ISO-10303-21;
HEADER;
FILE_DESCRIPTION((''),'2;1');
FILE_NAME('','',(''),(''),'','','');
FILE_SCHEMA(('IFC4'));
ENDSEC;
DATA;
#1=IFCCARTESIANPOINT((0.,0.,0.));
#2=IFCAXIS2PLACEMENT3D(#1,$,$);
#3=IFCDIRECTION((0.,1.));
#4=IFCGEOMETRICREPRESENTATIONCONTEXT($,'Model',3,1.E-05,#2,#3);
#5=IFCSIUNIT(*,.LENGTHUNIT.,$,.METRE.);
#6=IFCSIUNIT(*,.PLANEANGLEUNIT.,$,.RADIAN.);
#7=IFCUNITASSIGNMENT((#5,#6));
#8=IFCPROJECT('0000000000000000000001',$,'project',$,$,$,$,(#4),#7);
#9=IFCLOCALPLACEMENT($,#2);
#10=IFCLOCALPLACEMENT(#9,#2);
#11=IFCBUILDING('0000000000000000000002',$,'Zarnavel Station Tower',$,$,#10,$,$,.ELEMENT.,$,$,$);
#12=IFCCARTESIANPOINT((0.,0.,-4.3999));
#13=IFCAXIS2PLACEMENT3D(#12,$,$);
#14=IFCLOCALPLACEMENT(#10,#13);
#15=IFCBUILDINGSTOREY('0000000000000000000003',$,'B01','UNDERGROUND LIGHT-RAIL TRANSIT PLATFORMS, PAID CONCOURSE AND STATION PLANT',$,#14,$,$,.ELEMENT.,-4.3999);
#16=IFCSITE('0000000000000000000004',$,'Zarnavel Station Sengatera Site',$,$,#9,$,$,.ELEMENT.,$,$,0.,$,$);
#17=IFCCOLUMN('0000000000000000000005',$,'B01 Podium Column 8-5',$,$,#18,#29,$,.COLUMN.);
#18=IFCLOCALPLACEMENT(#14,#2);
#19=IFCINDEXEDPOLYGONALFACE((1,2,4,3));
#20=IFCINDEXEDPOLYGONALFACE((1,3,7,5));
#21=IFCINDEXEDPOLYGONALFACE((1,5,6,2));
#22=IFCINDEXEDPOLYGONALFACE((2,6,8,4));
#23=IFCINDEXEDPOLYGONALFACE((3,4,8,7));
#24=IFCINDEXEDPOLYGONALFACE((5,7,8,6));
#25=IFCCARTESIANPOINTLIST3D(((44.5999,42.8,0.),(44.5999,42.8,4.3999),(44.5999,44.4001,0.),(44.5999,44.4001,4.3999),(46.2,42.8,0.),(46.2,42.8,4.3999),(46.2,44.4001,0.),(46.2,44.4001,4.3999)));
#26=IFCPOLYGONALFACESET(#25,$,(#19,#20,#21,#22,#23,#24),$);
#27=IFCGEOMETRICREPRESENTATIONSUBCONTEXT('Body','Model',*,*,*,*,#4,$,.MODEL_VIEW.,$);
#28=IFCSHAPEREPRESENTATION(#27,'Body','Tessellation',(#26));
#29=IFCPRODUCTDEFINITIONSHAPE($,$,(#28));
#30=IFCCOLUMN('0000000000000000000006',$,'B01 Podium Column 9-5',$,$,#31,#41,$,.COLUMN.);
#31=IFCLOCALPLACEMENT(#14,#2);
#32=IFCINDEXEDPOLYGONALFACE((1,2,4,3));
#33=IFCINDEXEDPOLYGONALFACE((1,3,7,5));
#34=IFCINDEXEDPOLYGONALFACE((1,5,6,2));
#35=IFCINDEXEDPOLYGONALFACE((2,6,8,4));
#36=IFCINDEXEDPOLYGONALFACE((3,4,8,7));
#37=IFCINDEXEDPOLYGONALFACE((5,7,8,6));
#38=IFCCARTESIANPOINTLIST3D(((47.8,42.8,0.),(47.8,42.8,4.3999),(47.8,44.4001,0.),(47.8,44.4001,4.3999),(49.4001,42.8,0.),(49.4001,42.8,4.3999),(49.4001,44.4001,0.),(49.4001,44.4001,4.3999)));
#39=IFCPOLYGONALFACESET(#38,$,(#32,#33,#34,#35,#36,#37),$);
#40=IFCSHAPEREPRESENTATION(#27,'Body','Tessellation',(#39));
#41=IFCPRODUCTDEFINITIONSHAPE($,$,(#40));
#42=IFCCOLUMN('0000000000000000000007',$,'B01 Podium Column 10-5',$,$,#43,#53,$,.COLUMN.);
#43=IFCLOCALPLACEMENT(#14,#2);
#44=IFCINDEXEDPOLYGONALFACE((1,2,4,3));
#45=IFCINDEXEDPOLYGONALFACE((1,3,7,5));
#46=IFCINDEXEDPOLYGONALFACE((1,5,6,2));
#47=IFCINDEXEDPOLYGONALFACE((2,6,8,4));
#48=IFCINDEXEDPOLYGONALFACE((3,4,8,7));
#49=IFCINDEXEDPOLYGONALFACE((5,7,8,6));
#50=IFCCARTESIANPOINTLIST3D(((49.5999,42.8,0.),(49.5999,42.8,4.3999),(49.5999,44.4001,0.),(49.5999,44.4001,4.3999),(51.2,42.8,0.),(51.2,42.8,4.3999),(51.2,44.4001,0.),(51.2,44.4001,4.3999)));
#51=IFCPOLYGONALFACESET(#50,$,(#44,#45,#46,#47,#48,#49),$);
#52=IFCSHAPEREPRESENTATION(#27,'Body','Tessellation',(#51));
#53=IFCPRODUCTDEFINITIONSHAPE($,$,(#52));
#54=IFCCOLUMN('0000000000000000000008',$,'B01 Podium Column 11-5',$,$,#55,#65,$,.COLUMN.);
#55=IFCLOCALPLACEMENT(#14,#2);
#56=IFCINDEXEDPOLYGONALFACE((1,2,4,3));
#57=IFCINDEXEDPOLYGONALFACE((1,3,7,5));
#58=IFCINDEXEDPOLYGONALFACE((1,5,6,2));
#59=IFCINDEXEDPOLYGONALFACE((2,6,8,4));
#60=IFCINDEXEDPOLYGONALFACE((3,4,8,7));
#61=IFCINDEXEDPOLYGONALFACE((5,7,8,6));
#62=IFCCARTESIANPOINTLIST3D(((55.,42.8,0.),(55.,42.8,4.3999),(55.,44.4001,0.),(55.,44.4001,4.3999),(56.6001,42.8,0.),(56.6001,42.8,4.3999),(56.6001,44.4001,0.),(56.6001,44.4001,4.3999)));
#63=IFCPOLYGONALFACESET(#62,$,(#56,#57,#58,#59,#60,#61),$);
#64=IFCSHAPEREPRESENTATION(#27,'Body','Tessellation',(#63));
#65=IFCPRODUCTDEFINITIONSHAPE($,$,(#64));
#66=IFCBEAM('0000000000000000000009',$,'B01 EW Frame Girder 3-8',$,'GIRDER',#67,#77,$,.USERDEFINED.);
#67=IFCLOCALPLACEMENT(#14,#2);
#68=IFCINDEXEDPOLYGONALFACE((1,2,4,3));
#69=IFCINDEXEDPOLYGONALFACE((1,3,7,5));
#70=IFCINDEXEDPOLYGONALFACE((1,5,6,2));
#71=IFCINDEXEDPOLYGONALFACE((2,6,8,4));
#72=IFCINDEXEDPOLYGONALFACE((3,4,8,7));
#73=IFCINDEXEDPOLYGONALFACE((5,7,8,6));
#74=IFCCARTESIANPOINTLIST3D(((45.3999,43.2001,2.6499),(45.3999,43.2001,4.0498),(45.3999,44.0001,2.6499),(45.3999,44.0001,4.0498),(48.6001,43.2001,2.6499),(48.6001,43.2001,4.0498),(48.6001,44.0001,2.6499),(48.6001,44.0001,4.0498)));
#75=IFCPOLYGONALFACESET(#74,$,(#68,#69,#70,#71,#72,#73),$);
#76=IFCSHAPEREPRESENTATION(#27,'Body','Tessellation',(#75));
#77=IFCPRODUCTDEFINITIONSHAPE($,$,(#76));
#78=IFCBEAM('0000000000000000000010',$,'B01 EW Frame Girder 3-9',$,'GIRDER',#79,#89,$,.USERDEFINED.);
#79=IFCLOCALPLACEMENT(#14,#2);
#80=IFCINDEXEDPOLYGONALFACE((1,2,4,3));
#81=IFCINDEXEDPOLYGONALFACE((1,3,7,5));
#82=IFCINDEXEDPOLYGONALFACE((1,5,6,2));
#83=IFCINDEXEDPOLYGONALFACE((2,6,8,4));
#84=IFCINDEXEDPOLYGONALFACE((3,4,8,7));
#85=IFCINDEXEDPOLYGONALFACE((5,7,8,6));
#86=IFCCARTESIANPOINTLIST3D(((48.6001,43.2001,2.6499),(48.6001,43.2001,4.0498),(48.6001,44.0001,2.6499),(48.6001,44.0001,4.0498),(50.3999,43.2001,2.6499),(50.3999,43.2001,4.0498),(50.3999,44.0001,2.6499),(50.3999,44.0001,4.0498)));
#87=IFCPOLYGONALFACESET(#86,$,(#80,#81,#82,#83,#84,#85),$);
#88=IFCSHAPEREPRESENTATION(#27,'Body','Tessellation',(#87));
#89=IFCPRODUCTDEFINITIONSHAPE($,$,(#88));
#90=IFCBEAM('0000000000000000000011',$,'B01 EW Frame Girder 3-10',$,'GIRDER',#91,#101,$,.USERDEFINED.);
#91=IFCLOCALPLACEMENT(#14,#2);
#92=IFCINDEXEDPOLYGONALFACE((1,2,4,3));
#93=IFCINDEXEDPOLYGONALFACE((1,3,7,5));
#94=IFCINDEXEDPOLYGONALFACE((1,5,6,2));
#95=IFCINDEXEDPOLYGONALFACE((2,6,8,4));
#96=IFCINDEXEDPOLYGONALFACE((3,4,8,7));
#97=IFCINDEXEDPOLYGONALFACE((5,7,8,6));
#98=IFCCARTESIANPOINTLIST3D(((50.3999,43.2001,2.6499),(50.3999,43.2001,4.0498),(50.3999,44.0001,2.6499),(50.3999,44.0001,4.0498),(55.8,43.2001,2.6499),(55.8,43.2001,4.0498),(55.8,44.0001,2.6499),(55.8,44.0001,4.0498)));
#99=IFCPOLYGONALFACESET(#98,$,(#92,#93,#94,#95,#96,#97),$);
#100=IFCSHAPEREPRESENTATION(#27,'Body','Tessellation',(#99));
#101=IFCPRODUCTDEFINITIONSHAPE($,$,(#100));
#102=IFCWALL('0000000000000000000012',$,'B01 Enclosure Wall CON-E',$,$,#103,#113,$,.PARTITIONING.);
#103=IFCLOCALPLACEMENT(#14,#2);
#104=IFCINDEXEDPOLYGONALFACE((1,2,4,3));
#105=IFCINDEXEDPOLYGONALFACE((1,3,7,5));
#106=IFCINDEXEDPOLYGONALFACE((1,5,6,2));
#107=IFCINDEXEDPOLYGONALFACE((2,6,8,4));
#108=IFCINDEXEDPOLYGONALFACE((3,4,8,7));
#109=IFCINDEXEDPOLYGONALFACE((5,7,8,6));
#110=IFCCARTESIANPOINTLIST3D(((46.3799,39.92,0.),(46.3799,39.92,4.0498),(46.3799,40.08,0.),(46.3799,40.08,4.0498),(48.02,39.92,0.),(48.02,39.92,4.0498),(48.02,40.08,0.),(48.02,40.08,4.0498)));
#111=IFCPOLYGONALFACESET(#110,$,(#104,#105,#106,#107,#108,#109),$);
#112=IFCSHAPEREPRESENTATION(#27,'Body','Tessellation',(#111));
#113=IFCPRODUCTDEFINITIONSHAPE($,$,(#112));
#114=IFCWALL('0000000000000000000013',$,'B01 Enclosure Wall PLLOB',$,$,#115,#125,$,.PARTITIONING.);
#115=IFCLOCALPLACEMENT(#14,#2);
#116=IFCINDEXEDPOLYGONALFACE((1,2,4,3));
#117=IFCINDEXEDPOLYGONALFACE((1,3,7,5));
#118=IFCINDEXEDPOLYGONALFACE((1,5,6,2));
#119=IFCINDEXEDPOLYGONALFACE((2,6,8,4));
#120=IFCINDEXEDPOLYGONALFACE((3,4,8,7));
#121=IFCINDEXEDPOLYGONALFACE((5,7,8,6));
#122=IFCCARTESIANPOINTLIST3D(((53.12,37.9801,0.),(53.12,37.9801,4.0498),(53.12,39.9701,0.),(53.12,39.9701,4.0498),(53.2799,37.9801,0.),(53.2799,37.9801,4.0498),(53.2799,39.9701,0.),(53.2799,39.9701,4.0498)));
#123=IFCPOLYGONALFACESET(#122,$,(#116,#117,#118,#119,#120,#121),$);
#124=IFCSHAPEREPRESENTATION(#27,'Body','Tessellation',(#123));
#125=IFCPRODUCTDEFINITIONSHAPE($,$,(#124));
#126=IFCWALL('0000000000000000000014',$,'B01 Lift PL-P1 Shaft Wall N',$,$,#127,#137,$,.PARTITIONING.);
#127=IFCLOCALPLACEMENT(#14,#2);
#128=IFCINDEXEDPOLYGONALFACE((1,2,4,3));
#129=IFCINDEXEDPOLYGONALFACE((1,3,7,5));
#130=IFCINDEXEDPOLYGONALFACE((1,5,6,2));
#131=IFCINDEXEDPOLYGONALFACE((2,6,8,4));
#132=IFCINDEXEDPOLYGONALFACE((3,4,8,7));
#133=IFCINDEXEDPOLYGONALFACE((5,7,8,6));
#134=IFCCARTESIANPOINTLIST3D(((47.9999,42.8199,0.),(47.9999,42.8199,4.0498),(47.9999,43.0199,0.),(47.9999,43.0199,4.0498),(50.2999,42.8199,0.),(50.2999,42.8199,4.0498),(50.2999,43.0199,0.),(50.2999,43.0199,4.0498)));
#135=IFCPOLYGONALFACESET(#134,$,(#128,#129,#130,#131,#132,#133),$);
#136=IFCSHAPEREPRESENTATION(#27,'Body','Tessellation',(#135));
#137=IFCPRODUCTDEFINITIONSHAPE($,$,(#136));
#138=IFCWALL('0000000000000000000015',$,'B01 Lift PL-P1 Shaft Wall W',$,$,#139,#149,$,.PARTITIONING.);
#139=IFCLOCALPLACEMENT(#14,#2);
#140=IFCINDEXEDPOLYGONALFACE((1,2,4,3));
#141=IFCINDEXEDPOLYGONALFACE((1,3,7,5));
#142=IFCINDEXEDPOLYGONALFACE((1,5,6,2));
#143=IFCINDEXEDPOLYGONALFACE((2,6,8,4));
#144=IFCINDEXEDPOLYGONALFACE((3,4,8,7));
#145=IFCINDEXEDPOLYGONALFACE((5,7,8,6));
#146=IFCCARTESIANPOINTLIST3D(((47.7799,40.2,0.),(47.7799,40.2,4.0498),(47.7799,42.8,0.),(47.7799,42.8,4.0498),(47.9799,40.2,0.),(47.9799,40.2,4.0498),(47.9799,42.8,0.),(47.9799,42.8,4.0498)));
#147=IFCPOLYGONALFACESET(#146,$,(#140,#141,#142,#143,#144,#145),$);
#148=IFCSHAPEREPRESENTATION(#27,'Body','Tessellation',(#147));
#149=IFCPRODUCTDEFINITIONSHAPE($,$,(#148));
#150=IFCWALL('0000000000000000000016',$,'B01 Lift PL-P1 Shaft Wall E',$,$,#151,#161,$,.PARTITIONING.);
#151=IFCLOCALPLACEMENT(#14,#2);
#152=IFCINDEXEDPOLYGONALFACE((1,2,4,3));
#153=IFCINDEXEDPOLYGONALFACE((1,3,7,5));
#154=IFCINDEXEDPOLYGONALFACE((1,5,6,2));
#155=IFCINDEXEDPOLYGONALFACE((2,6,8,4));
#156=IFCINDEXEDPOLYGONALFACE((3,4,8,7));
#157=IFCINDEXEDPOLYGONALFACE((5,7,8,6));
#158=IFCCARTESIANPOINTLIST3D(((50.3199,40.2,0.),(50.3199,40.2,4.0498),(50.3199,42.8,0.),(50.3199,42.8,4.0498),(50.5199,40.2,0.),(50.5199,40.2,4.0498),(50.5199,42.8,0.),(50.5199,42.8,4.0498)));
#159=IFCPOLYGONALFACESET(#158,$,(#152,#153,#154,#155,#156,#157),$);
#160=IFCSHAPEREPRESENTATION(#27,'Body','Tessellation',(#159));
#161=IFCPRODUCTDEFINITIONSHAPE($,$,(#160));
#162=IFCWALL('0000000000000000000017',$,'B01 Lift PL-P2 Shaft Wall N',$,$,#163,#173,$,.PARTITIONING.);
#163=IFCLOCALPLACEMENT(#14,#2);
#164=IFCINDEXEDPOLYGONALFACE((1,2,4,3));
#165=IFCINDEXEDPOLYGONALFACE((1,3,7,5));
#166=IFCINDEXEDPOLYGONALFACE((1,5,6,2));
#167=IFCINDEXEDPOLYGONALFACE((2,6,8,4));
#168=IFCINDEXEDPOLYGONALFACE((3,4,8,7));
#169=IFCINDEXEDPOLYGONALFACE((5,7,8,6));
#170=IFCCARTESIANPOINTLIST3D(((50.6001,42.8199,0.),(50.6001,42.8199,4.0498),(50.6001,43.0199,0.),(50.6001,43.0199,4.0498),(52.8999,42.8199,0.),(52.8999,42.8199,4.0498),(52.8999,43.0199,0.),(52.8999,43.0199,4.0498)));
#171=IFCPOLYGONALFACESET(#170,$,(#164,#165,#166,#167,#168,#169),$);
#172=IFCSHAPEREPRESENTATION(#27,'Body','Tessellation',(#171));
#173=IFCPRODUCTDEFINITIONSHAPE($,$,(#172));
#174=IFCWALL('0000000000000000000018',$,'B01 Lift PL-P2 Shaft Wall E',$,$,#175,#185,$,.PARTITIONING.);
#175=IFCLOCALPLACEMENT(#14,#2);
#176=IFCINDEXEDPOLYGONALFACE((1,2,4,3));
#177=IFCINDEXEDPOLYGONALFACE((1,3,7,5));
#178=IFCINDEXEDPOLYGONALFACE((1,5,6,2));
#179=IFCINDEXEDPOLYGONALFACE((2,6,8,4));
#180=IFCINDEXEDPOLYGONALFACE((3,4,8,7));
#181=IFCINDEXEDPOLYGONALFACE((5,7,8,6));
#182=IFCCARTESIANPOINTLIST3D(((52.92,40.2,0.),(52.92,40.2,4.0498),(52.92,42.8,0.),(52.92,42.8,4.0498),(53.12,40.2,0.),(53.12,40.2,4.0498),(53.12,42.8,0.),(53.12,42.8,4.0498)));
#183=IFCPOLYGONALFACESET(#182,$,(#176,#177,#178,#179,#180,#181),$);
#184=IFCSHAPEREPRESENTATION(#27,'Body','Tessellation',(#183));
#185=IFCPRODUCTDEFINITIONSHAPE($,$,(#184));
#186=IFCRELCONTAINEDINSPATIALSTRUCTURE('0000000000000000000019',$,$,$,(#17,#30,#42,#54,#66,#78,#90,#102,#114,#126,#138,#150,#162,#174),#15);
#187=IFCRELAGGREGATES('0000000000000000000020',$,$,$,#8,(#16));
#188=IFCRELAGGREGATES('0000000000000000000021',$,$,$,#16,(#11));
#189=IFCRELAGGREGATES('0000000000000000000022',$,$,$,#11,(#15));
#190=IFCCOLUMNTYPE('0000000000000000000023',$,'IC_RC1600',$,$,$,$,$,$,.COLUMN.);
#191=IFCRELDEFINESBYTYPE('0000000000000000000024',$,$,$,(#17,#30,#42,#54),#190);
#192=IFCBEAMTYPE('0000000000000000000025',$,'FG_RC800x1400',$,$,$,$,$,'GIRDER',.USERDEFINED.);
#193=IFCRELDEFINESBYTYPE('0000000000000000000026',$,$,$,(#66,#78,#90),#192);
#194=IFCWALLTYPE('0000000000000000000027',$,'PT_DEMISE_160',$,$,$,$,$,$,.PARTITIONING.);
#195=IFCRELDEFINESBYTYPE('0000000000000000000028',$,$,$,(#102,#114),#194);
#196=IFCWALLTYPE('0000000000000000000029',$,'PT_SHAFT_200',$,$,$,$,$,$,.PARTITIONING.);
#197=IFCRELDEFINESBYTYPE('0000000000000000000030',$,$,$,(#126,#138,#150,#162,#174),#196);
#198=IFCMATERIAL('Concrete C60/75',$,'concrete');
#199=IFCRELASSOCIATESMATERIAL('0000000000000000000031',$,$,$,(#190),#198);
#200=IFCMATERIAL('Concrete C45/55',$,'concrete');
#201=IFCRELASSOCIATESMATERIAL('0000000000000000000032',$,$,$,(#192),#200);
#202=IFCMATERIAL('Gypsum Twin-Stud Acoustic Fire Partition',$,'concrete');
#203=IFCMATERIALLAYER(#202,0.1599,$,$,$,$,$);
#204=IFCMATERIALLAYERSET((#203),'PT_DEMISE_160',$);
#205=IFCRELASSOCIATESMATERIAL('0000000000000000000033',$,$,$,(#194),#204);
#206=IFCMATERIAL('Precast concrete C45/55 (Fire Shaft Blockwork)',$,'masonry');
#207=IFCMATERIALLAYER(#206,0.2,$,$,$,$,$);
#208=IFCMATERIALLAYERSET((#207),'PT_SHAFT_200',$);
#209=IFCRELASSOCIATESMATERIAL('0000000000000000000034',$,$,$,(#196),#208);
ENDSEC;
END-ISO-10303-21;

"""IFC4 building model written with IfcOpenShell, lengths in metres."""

from ifc_helpers import new_model, si_unit, direction, frame, frame_2d, origin, origin_2d, place, context, subcontext, project, spatial, rectangle, extrude, material, layer, layer_set, material_profile, profile_set, type_object, element, save


model = new_model("IFC4")

# Units and contexts
model_context = context("Model", 3, precision=1e-05, world=origin(), true_north=direction((0.0, 1.0)))
body_context = subcontext(model_context, "Body", "Model", "MODEL_VIEW")
ifc_project = project(units=[si_unit("LENGTHUNIT", "METRE"), si_unit("PLANEANGLEUNIT", "RADIAN")], contexts=[model_context])

# Site, building, storey
site_placement = place(None, origin())
site = spatial("IfcSite", under=ifc_project, at=site_placement, Name="Zarnavel Station Sengatera Site", CompositionType="ELEMENT", RefElevation=0.0)
building_placement = place(site_placement, origin())
building = spatial("IfcBuilding", under=site, at=building_placement, Name="Zarnavel Station Tower", CompositionType="ELEMENT")
storey_placement = place(building_placement, frame((0.0, 0.0, -4.3999)))
storey = spatial("IfcBuildingStorey", under=building, at=storey_placement, Name="B01", Description="UNDERGROUND LIGHT-RAIL TRANSIT PLATFORMS, PAID CONCOURSE AND STATION PLANT", CompositionType="ELEMENT", Elevation=-4.3999)

# Columns
ifc_material_1 = material(Name="Concrete C60/75", Category="concrete")
ifc_material_profile_1 = material_profile(ifc_material_1, rectangle(XDim=1.6001, YDim=1.6001, at=origin_2d()), Name="RC1600x1600")
ifc_profile_set_1 = profile_set([ifc_material_profile_1], Name="Concrete C60/75")
column_type = type_object("IfcColumnType", Name="IC_RC1600", PredefinedType="COLUMN", material=ifc_profile_set_1)
for number, where, z_axis, x_axis, name in (
    (1, (45.3999, 43.6001, 0.0), (0.0, 0.0, 1.0), (1.0, 0.0, 0.0), "B01 Podium Column 8-5"),
    (2, (48.6001, 43.6001, 0.0), (0.0, 0.0, 1.0), (1.0, 0.0, 0.0), "B01 Podium Column 9-5"),
    (3, (50.3999, 43.6001, 0.0), (0.0, 0.0, 1.0), (1.0, 0.0, 0.0), "B01 Podium Column 10-5"),
    (4, (55.8, 43.6001, 0.0), (0.0, 0.0, 1.0), (1.0, 0.0, 0.0), "B01 Podium Column 11-5"),
):
    element("IfcColumn", number, at=place(storey_placement, frame(where, z_axis=z_axis, x_axis=x_axis)), inside=storey, type_object=column_type, Name=name, PredefinedType="COLUMN", context=body_context, shape_type="SweptSolid", body=[
        extrude(rectangle(XDim=1.6001, YDim=1.6001, at=origin_2d()), origin(), (0.0, 0.0, 1.0), 4.3999),
    ])

# Beams
ifc_material_2 = material(Name="Concrete C45/55", Category="concrete")
ifc_material_profile_2 = material_profile(ifc_material_2, rectangle(XDim=0.8, YDim=1.3999, at=origin_2d()), Name="RC800x1400")
ifc_profile_set_2 = profile_set([ifc_material_profile_2], Name="Concrete C45/55")
beam_type = type_object("IfcBeamType", Name="FG_RC800x1400", ElementType="GIRDER", PredefinedType="USERDEFINED", material=ifc_profile_set_2)
beam_1_placement = place(storey_placement, frame((45.3999, 43.6001, 3.3499), z_axis=(1.0, 0.0, 0.0), x_axis=(0.0, 1.0, 0.0)))
element("IfcBeam", 5, at=beam_1_placement, inside=storey, type_object=beam_type, Name="B01 EW Frame Girder 3-8", ObjectType="GIRDER", PredefinedType="USERDEFINED", context=body_context, shape_type="SweptSolid", body=[
    extrude(rectangle(XDim=0.8, YDim=1.3999, at=origin_2d()), origin(), (0.0, 0.0, 1.0), 3.2002),
])
beam_2_placement = place(storey_placement, frame((48.6001, 43.6001, 3.3499), z_axis=(1.0, 0.0, 0.0), x_axis=(0.0, 1.0, 0.0)))
element("IfcBeam", 6, at=beam_2_placement, inside=storey, type_object=beam_type, Name="B01 EW Frame Girder 3-9", ObjectType="GIRDER", PredefinedType="USERDEFINED", context=body_context, shape_type="SweptSolid", body=[
    extrude(rectangle(XDim=0.8, YDim=1.3999, at=origin_2d()), origin(), (0.0, 0.0, 1.0), 1.7998),
])
beam_3_placement = place(storey_placement, frame((50.3999, 43.6001, 3.3499), z_axis=(1.0, 0.0, 0.0), x_axis=(0.0, 1.0, 0.0)))
element("IfcBeam", 7, at=beam_3_placement, inside=storey, type_object=beam_type, Name="B01 EW Frame Girder 3-10", ObjectType="GIRDER", PredefinedType="USERDEFINED", context=body_context, shape_type="SweptSolid", body=[
    extrude(rectangle(XDim=0.8, YDim=1.3999, at=origin_2d()), origin(), (0.0, 0.0, 1.0), 5.4001),
])

# Walls
ifc_material_3 = material(Name="Gypsum Twin-Stud Acoustic Fire Partition", Category="concrete")
ifc_layer_1 = layer(ifc_material_3, 0.1599)
ifc_layer_set_1 = layer_set([ifc_layer_1], Name="PT_DEMISE_160")
wall_type_1 = type_object("IfcWallType", Name="PT_DEMISE_160", PredefinedType="PARTITIONING", material=ifc_layer_set_1)
wall_1_placement = place(storey_placement, frame((46.3799, 40.0, 0.0), z_axis=(0.0, 0.0, 1.0), x_axis=(1.0, 0.0, 0.0)))
element("IfcWall", 8, at=wall_1_placement, inside=storey, type_object=wall_type_1, Name="B01 Enclosure Wall CON-E", PredefinedType="PARTITIONING", context=body_context, shape_type="SweptSolid", body=[
    extrude(rectangle(XDim=1.6401, YDim=0.1599, at=frame_2d((0.8201, 0.0))), origin(), (0.0, 0.0, 1.0), 4.0498),
])
wall_2_placement = place(storey_placement, frame((53.2, 37.98, 0.0), z_axis=(0.0, 0.0, 1.0), x_axis=(0.0, 1.0, 0.0)))
element("IfcWall", 9, at=wall_2_placement, inside=storey, type_object=wall_type_1, Name="B01 Enclosure Wall PLLOB", PredefinedType="PARTITIONING", context=body_context, shape_type="SweptSolid", body=[
    extrude(rectangle(XDim=1.99, YDim=0.1599, at=frame_2d((0.9951, 0.0))), origin(), (0.0, 0.0, 1.0), 4.0498),
])

# Shared definitions
ifc_material_4 = material(Name="Precast concrete C45/55 (Fire Shaft Blockwork)", Category="masonry")
ifc_layer_2 = layer(ifc_material_4, 0.2)
ifc_layer_set_2 = layer_set([ifc_layer_2], Name="PT_SHAFT_200")
wall_type_2 = type_object("IfcWallType", Name="PT_SHAFT_200", PredefinedType="PARTITIONING", material=ifc_layer_set_2)

# Walls
wall_3_placement = place(storey_placement, frame((48.0, 42.9199, 0.0), z_axis=(0.0, 0.0, 1.0), x_axis=(1.0, 0.0, 0.0)))
element("IfcWall", 10, at=wall_3_placement, inside=storey, type_object=wall_type_2, Name="B01 Lift PL-P1 Shaft Wall N", PredefinedType="PARTITIONING", context=body_context, shape_type="SweptSolid", body=[
    extrude(rectangle(XDim=2.3, YDim=0.2, at=frame_2d((1.1499, 0.0))), origin(), (0.0, 0.0, 1.0), 4.0498),
])
for number, where, z_axis, x_axis, name in (
    (11, (47.8799, 40.2, 0.0), (0.0, 0.0, 1.0), (0.0, 1.0, 0.0), "B01 Lift PL-P1 Shaft Wall W"),
    (12, (50.4199, 40.2, 0.0), (0.0, 0.0, 1.0), (0.0, 1.0, 0.0), "B01 Lift PL-P1 Shaft Wall E"),
):
    element("IfcWall", number, at=place(storey_placement, frame(where, z_axis=z_axis, x_axis=x_axis)), inside=storey, type_object=wall_type_2, Name=name, PredefinedType="PARTITIONING", context=body_context, shape_type="SweptSolid", body=[
        extrude(rectangle(XDim=2.6001, YDim=0.2, at=frame_2d((1.3, 0.0))), origin(), (0.0, 0.0, 1.0), 4.0498),
    ])

# Walls
wall_4_placement = place(storey_placement, frame((50.6001, 42.9199, 0.0), z_axis=(0.0, 0.0, 1.0), x_axis=(1.0, 0.0, 0.0)))
element("IfcWall", 13, at=wall_4_placement, inside=storey, type_object=wall_type_2, Name="B01 Lift PL-P2 Shaft Wall N", PredefinedType="PARTITIONING", context=body_context, shape_type="SweptSolid", body=[
    extrude(rectangle(XDim=2.2998, YDim=0.2, at=frame_2d((1.1499, 0.0))), origin(), (0.0, 0.0, 1.0), 4.0498),
])
wall_5_placement = place(storey_placement, frame((53.02, 40.2, 0.0), z_axis=(0.0, 0.0, 1.0), x_axis=(0.0, 1.0, 0.0)))
element("IfcWall", 14, at=wall_5_placement, inside=storey, type_object=wall_type_2, Name="B01 Lift PL-P2 Shaft Wall E", PredefinedType="PARTITIONING", context=body_context, shape_type="SweptSolid", body=[
    extrude(rectangle(XDim=2.6001, YDim=0.2, at=frame_2d((1.3, 0.0))), origin(), (0.0, 0.0, 1.0), 4.0498),
])

save(model, "model.ifc")
